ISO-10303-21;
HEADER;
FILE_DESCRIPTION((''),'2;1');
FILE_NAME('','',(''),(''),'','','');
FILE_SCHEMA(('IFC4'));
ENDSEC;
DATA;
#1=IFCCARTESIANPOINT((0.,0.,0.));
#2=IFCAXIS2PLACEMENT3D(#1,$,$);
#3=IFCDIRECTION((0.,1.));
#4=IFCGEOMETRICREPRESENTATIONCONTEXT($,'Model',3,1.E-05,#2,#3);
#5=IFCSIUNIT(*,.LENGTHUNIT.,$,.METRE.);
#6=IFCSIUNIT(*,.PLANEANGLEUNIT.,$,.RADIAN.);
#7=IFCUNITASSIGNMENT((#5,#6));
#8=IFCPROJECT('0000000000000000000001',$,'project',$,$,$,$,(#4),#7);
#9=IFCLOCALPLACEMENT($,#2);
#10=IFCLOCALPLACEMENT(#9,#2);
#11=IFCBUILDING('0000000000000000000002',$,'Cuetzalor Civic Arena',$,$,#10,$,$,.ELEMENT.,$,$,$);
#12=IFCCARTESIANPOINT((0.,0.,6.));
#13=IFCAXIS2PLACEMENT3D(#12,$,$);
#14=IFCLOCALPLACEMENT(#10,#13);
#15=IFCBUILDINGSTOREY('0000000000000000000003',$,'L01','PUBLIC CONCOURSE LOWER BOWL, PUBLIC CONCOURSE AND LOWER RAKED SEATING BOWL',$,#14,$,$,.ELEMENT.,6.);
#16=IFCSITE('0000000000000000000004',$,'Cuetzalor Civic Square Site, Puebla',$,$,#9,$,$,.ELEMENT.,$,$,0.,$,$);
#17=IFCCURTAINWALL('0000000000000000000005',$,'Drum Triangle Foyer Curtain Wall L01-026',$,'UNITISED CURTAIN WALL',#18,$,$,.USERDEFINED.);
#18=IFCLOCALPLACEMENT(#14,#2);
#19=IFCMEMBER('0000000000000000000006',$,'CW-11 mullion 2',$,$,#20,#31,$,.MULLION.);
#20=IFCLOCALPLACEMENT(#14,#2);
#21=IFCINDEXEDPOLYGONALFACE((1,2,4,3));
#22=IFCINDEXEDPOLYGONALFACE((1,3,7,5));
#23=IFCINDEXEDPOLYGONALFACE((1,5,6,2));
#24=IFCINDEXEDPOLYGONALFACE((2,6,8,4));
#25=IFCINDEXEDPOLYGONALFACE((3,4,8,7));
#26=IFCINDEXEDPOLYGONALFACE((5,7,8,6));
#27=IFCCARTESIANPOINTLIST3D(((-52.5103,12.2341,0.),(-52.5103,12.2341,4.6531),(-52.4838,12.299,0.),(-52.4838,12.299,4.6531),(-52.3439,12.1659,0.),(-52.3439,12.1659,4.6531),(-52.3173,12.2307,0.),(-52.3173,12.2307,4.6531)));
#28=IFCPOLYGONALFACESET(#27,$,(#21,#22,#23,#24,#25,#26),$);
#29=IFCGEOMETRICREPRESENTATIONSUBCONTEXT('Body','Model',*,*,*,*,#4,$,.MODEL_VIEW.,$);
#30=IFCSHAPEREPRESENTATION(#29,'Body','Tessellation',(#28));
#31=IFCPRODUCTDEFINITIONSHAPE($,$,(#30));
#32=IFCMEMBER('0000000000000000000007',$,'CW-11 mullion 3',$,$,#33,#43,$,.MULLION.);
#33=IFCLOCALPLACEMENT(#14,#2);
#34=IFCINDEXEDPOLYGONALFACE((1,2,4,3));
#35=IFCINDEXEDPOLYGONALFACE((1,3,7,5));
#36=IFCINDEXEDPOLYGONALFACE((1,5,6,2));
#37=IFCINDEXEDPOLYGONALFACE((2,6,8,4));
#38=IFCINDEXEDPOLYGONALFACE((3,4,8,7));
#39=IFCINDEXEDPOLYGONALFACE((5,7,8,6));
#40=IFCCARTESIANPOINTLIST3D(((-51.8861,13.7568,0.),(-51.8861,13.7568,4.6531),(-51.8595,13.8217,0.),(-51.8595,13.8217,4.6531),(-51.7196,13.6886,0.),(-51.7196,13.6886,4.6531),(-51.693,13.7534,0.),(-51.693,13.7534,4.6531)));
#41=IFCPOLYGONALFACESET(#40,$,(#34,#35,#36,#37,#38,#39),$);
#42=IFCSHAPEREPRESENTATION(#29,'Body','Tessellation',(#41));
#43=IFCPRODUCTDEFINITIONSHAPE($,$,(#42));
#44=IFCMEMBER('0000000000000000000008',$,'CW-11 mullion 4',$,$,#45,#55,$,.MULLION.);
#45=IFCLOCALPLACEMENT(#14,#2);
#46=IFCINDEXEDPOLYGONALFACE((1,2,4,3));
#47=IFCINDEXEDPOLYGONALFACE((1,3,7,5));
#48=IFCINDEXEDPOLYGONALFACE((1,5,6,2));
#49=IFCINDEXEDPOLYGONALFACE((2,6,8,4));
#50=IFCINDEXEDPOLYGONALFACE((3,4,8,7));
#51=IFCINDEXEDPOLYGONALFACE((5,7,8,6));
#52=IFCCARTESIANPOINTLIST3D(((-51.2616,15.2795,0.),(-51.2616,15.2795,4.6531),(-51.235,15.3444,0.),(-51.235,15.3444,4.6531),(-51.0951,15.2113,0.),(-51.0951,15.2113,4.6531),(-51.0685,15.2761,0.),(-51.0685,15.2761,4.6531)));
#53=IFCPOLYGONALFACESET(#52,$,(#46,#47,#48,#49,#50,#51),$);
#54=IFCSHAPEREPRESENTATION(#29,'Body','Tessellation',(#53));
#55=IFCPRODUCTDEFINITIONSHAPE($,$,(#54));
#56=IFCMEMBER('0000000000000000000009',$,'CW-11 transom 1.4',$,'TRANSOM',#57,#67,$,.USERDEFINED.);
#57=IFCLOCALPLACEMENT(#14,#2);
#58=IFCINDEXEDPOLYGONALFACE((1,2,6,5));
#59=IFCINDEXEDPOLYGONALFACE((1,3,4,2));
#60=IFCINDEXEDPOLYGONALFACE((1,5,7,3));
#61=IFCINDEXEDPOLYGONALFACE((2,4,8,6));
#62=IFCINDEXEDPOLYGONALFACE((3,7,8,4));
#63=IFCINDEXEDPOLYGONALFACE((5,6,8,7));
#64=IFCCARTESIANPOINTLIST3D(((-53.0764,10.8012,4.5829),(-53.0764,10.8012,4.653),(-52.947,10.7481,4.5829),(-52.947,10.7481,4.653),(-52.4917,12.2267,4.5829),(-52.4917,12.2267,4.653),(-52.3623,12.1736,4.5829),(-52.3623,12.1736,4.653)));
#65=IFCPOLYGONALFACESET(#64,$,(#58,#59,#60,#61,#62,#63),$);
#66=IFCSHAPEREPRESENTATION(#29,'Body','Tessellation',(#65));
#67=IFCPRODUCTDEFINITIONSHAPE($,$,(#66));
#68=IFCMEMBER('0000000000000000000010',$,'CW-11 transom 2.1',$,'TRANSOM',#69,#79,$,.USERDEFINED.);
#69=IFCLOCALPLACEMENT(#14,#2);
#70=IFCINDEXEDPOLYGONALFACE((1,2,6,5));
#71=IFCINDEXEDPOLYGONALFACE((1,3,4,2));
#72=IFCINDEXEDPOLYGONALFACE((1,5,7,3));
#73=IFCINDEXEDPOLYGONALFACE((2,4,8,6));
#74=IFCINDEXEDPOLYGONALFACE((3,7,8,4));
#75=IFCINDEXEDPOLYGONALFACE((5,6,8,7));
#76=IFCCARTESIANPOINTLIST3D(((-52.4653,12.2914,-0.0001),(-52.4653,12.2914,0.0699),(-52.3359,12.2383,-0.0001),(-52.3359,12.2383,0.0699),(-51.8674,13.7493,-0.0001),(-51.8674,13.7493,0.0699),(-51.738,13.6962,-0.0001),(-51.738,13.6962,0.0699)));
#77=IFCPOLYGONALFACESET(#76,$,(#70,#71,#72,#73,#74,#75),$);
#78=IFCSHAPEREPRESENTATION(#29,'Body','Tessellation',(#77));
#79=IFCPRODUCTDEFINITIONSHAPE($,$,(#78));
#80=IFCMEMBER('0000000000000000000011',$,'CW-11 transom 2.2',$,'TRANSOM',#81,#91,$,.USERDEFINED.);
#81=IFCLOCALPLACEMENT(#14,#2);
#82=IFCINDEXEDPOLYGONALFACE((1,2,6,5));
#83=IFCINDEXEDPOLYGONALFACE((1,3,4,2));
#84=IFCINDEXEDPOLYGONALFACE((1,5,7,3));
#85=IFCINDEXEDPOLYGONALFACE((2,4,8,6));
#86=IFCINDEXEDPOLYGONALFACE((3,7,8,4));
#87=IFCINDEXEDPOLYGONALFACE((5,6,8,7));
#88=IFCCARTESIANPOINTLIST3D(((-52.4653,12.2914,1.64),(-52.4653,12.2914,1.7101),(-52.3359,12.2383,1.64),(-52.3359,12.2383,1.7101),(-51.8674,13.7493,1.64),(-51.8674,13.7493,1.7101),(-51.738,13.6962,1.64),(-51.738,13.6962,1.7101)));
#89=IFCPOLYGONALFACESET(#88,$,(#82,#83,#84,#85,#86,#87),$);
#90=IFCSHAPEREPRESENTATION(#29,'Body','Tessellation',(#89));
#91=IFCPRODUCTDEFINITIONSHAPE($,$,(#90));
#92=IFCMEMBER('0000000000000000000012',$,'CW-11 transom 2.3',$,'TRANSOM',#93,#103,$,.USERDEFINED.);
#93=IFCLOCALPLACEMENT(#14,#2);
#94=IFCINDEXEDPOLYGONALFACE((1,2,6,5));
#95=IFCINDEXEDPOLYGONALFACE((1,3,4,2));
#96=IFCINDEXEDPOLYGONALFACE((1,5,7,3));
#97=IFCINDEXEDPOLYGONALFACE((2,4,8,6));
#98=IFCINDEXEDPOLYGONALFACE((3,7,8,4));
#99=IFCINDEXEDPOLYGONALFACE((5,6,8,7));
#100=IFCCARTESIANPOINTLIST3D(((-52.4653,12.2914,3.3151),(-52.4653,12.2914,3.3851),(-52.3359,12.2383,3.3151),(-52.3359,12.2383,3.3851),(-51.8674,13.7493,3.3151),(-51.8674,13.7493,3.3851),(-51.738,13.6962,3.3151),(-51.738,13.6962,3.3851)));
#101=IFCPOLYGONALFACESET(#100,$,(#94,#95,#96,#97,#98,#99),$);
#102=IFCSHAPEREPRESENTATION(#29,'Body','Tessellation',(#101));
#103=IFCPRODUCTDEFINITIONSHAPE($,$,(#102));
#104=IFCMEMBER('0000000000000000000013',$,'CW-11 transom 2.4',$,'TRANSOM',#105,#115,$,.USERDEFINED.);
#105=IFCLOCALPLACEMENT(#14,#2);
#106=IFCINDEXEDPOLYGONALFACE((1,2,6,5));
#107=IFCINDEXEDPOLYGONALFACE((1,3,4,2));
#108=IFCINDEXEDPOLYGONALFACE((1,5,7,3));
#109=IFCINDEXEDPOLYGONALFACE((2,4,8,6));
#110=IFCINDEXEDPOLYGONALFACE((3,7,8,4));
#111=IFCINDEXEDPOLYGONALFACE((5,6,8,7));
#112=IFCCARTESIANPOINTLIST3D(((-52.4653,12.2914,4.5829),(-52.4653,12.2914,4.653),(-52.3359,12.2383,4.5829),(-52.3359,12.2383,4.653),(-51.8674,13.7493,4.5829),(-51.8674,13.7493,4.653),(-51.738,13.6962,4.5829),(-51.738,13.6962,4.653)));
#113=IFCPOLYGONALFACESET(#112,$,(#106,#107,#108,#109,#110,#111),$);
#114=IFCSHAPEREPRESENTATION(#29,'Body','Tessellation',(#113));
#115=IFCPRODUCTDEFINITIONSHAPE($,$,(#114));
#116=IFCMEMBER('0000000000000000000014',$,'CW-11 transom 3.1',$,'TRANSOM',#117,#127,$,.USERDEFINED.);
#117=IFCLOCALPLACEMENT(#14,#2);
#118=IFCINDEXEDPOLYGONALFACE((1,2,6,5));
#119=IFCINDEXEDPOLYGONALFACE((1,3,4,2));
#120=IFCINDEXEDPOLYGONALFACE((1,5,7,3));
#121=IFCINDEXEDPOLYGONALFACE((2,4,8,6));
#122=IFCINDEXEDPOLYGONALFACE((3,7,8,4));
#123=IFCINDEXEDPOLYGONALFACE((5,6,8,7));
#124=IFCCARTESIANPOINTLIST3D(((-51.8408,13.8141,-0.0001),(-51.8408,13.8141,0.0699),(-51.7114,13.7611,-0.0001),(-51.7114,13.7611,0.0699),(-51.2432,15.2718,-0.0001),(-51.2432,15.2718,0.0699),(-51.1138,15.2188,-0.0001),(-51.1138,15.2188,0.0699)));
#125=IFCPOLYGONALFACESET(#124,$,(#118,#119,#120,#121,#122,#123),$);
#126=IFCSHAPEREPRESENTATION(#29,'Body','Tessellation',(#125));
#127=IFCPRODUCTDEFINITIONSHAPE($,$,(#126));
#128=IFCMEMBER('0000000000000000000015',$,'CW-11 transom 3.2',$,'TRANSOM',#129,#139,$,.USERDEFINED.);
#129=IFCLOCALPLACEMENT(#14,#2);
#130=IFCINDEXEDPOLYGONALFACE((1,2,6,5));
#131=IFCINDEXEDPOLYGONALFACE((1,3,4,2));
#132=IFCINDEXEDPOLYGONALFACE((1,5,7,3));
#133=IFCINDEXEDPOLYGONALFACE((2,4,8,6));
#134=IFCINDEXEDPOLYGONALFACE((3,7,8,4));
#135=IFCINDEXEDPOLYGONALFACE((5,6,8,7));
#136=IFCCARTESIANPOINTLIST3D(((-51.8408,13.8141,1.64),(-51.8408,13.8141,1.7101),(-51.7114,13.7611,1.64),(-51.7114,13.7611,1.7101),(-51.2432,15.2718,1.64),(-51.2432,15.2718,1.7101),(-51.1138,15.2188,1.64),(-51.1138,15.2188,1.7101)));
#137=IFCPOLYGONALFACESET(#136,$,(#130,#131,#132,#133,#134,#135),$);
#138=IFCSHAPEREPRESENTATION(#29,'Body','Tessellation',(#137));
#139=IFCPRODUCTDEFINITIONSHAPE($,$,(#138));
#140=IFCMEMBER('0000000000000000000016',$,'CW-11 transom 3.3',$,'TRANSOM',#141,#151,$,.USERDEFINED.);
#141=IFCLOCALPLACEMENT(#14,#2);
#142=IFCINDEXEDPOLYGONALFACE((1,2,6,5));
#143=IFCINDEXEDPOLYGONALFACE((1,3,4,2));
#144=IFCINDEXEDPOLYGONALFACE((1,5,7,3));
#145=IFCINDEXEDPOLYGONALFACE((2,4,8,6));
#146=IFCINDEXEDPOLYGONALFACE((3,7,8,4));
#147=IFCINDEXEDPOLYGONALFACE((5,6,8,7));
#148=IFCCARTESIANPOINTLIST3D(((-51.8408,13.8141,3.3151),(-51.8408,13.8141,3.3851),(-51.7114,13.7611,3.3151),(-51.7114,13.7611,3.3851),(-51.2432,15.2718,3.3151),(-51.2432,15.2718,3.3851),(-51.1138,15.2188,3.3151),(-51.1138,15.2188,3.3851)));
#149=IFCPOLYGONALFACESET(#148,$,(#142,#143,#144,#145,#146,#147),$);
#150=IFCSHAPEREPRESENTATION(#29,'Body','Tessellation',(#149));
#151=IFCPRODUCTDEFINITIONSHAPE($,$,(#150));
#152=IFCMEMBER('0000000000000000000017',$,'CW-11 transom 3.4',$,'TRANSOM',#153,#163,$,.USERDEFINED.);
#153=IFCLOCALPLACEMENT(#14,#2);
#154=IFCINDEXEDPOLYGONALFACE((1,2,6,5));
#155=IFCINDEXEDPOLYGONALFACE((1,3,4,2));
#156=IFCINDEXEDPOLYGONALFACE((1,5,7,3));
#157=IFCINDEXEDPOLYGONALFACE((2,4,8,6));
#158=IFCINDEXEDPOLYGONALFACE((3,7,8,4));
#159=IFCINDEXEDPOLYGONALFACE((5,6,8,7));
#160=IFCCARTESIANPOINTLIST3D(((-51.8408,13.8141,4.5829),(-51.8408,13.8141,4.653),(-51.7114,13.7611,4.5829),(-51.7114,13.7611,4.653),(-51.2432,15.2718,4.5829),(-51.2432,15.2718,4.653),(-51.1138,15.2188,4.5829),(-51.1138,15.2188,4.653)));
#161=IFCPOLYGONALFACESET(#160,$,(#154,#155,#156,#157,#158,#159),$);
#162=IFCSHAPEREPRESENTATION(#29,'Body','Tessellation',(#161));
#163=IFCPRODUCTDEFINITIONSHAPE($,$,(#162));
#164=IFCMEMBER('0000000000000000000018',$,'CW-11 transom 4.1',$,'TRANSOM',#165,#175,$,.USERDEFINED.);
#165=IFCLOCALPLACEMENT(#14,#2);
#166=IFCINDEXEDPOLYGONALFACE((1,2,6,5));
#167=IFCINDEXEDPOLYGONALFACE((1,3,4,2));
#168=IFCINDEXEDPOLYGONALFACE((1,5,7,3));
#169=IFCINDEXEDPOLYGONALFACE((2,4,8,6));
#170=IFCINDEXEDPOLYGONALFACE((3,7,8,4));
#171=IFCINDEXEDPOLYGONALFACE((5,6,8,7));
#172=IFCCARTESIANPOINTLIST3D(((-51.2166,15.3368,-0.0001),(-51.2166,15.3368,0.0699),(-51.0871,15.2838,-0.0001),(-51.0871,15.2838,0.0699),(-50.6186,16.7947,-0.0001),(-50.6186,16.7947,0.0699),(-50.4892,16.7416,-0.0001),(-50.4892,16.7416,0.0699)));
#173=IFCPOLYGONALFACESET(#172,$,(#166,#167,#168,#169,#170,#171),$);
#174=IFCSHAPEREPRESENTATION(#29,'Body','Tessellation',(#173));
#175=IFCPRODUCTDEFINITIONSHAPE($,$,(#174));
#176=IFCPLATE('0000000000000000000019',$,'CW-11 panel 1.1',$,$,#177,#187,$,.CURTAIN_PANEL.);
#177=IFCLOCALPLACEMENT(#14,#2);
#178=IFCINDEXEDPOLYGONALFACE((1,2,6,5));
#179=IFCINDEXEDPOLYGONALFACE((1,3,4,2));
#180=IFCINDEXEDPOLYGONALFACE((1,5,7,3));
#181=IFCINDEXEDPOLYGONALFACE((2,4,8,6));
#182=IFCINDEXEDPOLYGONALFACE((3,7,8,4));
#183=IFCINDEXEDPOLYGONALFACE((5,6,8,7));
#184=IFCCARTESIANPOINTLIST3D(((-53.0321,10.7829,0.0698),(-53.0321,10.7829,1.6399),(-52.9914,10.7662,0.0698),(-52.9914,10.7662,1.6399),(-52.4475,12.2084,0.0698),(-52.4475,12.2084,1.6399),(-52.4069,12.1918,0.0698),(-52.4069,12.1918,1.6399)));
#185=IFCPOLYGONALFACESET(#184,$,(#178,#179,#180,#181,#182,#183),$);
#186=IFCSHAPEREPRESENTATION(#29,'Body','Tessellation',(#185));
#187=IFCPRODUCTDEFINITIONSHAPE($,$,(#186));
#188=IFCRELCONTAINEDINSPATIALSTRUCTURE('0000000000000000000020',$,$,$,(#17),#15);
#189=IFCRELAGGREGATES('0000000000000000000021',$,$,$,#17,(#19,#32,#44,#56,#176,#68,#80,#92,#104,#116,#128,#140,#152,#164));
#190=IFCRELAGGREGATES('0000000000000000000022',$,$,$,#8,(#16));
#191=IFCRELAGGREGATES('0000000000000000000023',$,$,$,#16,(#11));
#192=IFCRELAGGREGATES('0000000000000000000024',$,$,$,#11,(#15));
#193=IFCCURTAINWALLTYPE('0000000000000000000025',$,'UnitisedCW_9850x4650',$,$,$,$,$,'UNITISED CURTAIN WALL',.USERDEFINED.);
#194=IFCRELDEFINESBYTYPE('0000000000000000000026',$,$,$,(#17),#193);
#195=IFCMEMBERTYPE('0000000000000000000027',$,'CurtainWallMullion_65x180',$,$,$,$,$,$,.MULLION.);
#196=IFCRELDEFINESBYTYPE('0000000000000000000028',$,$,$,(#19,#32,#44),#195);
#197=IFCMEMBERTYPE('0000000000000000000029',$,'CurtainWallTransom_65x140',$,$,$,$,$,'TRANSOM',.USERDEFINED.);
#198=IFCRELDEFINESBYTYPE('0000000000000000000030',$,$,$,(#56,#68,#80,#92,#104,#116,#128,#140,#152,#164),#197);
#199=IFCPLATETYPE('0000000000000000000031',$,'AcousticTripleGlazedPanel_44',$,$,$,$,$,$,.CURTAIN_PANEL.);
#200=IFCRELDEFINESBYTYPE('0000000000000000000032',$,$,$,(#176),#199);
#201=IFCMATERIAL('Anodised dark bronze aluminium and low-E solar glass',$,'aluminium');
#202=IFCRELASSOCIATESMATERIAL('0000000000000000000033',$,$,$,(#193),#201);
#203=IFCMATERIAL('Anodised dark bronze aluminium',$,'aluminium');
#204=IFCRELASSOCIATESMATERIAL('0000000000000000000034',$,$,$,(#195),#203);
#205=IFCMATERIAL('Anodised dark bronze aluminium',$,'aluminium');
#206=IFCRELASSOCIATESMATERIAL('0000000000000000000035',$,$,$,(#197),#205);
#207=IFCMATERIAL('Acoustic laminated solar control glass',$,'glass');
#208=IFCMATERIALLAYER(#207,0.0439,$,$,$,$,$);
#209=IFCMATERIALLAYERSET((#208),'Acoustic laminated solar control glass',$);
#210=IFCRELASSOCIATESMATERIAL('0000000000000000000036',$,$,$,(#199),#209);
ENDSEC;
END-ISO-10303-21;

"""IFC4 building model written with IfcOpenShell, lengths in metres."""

from ifc_helpers import new_model, si_unit, direction, frame, origin, origin_2d, place, context, subcontext, project, spatial, rectangle, extrude, material, layer, layer_set, material_profile, profile_set, type_object, element, aggregate, save


model = new_model("IFC4")

# Units and contexts
model_context = context("Model", 3, precision=1e-05, world=origin(), true_north=direction((0.0, 1.0)))
body_context = subcontext(model_context, "Body", "Model", "MODEL_VIEW")
ifc_project = project(units=[si_unit("LENGTHUNIT", "METRE"), si_unit("PLANEANGLEUNIT", "RADIAN")], contexts=[model_context])

# Site, building, storey
site_placement = place(None, origin())
site = spatial("IfcSite", under=ifc_project, at=site_placement, Name="Cuetzalor Civic Square Site, Puebla", CompositionType="ELEMENT", RefElevation=0.0)
building_placement = place(site_placement, origin())
building = spatial("IfcBuilding", under=site, at=building_placement, Name="Cuetzalor Civic Arena", CompositionType="ELEMENT")
storey_placement = place(building_placement, frame((0.0, 0.0, 6.0)))
storey = spatial("IfcBuildingStorey", under=building, at=storey_placement, Name="L01", Description="PUBLIC CONCOURSE LOWER BOWL, PUBLIC CONCOURSE AND LOWER RAKED SEATING BOWL", CompositionType="ELEMENT", Elevation=6.0)

# Curtain wall, members, plate
ifc_material_1 = material(Name="Anodised dark bronze aluminium and low-E solar glass", Category="aluminium")
curtain_wall_type = type_object("IfcCurtainWallType", Name="UnitisedCW_9850x4650", ElementType="UNITISED CURTAIN WALL", PredefinedType="USERDEFINED", material=ifc_material_1)
curtain_wall_placement = place(storey_placement, origin())
curtain_wall = element("IfcCurtainWall", 1, at=curtain_wall_placement, inside=storey, type_object=curtain_wall_type, Name="Drum Triangle Foyer Curtain Wall L01-026", ObjectType="UNITISED CURTAIN WALL", PredefinedType="USERDEFINED")
ifc_material_2 = material(Name="Anodised dark bronze aluminium", Category="aluminium")
ifc_material_profile_1 = material_profile(ifc_material_2, rectangle(XDim=0.0701, YDim=0.1799, at=origin_2d()), Name="ALU MULLION 70x180")
ifc_profile_set_1 = profile_set([ifc_material_profile_1], Name="Anodised dark bronze aluminium")
member_type_1 = type_object("IfcMemberType", Name="CurtainWallMullion_65x180", PredefinedType="MULLION", material=ifc_profile_set_1)
member_1_placement = place(storey_placement, frame((-52.4138, 12.2324, 0.0), z_axis=(0.0, 0.0, 1.0), x_axis=(0.379391, 0.925236, 0.0)))
member_1 = element("IfcMember", 2, at=member_1_placement, type_object=member_type_1, Name="CW-11 mullion 2", PredefinedType="MULLION", context=body_context, shape_type="SweptSolid", body=[
    extrude(rectangle(XDim=0.0701, YDim=0.1799, at=origin_2d()), origin(), (0.0, 0.0, 1.0), 4.6531),
])
member_2_placement = place(storey_placement, frame((-51.7896, 13.7551, 0.0), z_axis=(0.0, 0.0, 1.0), x_axis=(0.379391, 0.925236, 0.0)))
member_2 = element("IfcMember", 3, at=member_2_placement, type_object=member_type_1, Name="CW-11 mullion 3", PredefinedType="MULLION", context=body_context, shape_type="SweptSolid", body=[
    extrude(rectangle(XDim=0.0701, YDim=0.1799, at=origin_2d()), origin(), (0.0, 0.0, 1.0), 4.6531),
])
member_3_placement = place(storey_placement, frame((-51.165, 15.2778, 0.0), z_axis=(0.0, 0.0, 1.0), x_axis=(0.379391, 0.925236, 0.0)))
member_3 = element("IfcMember", 4, at=member_3_placement, type_object=member_type_1, Name="CW-11 mullion 4", PredefinedType="MULLION", context=body_context, shape_type="SweptSolid", body=[
    extrude(rectangle(XDim=0.0701, YDim=0.1799, at=origin_2d()), origin(), (0.0, 0.0, 1.0), 4.6531),
])
ifc_material_3 = material(Name="Anodised dark bronze aluminium", Category="aluminium")
ifc_material_profile_2 = material_profile(ifc_material_3, rectangle(XDim=0.1399, YDim=0.0701, at=origin_2d()), Name="ALU TRANSOM 70x140")
ifc_profile_set_2 = profile_set([ifc_material_profile_2], Name="Anodised dark bronze aluminium")
member_type_2 = type_object("IfcMemberType", Name="CurtainWallTransom_65x140", ElementType="TRANSOM", PredefinedType="USERDEFINED", material=ifc_profile_set_2)
member_4_placement = place(storey_placement, frame((-53.0117, 10.7747, 4.6179), z_axis=(0.37949, 0.925196, 0.0), x_axis=(-0.925196, 0.37949, 0.0)))
member_4 = element("IfcMember", 5, at=member_4_placement, type_object=member_type_2, Name="CW-11 transom 1.4", ObjectType="TRANSOM", PredefinedType="USERDEFINED", context=body_context, shape_type="SweptSolid", body=[
    extrude(rectangle(XDim=0.1399, YDim=0.0701, at=origin_2d()), origin(), (0.0, 0.0, 1.0), 1.5408),
])
member_5_placement = place(storey_placement, frame((-52.4006, 12.2649, 0.0349), z_axis=(0.379471, 0.925203, 0.0), x_axis=(-0.925203, 0.379471, 0.0)))
member_5 = element("IfcMember", 6, at=member_5_placement, type_object=member_type_2, Name="CW-11 transom 2.1", ObjectType="TRANSOM", PredefinedType="USERDEFINED", context=body_context, shape_type="SweptSolid", body=[
    extrude(rectangle(XDim=0.1399, YDim=0.0701, at=origin_2d()), origin(), (0.0, 0.0, 1.0), 1.5757),
])
member_6_placement = place(storey_placement, frame((-52.4006, 12.2649, 1.675), z_axis=(0.379471, 0.925203, 0.0), x_axis=(-0.925203, 0.379471, 0.0)))
member_6 = element("IfcMember", 7, at=member_6_placement, type_object=member_type_2, Name="CW-11 transom 2.2", ObjectType="TRANSOM", PredefinedType="USERDEFINED", context=body_context, shape_type="SweptSolid", body=[
    extrude(rectangle(XDim=0.1399, YDim=0.0701, at=origin_2d()), origin(), (0.0, 0.0, 1.0), 1.5757),
])
member_7_placement = place(storey_placement, frame((-52.4006, 12.2649, 3.3501), z_axis=(0.379471, 0.925203, 0.0), x_axis=(-0.925203, 0.379471, 0.0)))
member_7 = element("IfcMember", 8, at=member_7_placement, type_object=member_type_2, Name="CW-11 transom 2.3", ObjectType="TRANSOM", PredefinedType="USERDEFINED", context=body_context, shape_type="SweptSolid", body=[
    extrude(rectangle(XDim=0.1399, YDim=0.0701, at=origin_2d()), origin(), (0.0, 0.0, 1.0), 1.5757),
])
member_8_placement = place(storey_placement, frame((-52.4006, 12.2649, 4.6179), z_axis=(0.379471, 0.925203, 0.0), x_axis=(-0.925203, 0.379471, 0.0)))
member_8 = element("IfcMember", 9, at=member_8_placement, type_object=member_type_2, Name="CW-11 transom 2.4", ObjectType="TRANSOM", PredefinedType="USERDEFINED", context=body_context, shape_type="SweptSolid", body=[
    extrude(rectangle(XDim=0.1399, YDim=0.0701, at=origin_2d()), origin(), (0.0, 0.0, 1.0), 1.5757),
])
member_9_placement = place(storey_placement, frame((-51.7761, 13.7876, 0.0349), z_axis=(0.379339, 0.925258, 0.0), x_axis=(-0.925258, 0.379339, 0.0)))
member_9 = element("IfcMember", 10, at=member_9_placement, type_object=member_type_2, Name="CW-11 transom 3.1", ObjectType="TRANSOM", PredefinedType="USERDEFINED", context=body_context, shape_type="SweptSolid", body=[
    extrude(rectangle(XDim=0.1399, YDim=0.0701, at=origin_2d()), origin(), (0.0, 0.0, 1.0), 1.5754),
])
member_10_placement = place(storey_placement, frame((-51.7761, 13.7876, 1.675), z_axis=(0.379339, 0.925258, 0.0), x_axis=(-0.925258, 0.379339, 0.0)))
member_10 = element("IfcMember", 11, at=member_10_placement, type_object=member_type_2, Name="CW-11 transom 3.2", ObjectType="TRANSOM", PredefinedType="USERDEFINED", context=body_context, shape_type="SweptSolid", body=[
    extrude(rectangle(XDim=0.1399, YDim=0.0701, at=origin_2d()), origin(), (0.0, 0.0, 1.0), 1.5754),
])
member_11_placement = place(storey_placement, frame((-51.7761, 13.7876, 3.3501), z_axis=(0.379339, 0.925258, 0.0), x_axis=(-0.925258, 0.379339, 0.0)))
member_11 = element("IfcMember", 12, at=member_11_placement, type_object=member_type_2, Name="CW-11 transom 3.3", ObjectType="TRANSOM", PredefinedType="USERDEFINED", context=body_context, shape_type="SweptSolid", body=[
    extrude(rectangle(XDim=0.1399, YDim=0.0701, at=origin_2d()), origin(), (0.0, 0.0, 1.0), 1.5754),
])
member_12_placement = place(storey_placement, frame((-51.7761, 13.7876, 4.6179), z_axis=(0.379339, 0.925258, 0.0), x_axis=(-0.925258, 0.379339, 0.0)))
member_12 = element("IfcMember", 13, at=member_12_placement, type_object=member_type_2, Name="CW-11 transom 3.4", ObjectType="TRANSOM", PredefinedType="USERDEFINED", context=body_context, shape_type="SweptSolid", body=[
    extrude(rectangle(XDim=0.1399, YDim=0.0701, at=origin_2d()), origin(), (0.0, 0.0, 1.0), 1.5754),
])
member_13_placement = place(storey_placement, frame((-51.1519, 15.3103, 0.0349), z_axis=(0.379471, 0.925203, 0.0), x_axis=(-0.925203, 0.379471, 0.0)))
member_13 = element("IfcMember", 14, at=member_13_placement, type_object=member_type_2, Name="CW-11 transom 4.1", ObjectType="TRANSOM", PredefinedType="USERDEFINED", context=body_context, shape_type="SweptSolid", body=[
    extrude(rectangle(XDim=0.1399, YDim=0.0701, at=origin_2d()), origin(), (0.0, 0.0, 1.0), 1.5757),
])
ifc_material_4 = material(Name="Acoustic laminated solar control glass", Category="glass")
ifc_layer_1 = layer(ifc_material_4, 0.0439)
ifc_layer_set_1 = layer_set([ifc_layer_1], Name="Acoustic laminated solar control glass")
plate_type = type_object("IfcPlateType", Name="AcousticTripleGlazedPanel_44", PredefinedType="CURTAIN_PANEL", material=ifc_layer_set_1)
plate_1_placement = place(storey_placement, frame((-52.7195, 11.4873, 0.0698), z_axis=(0.0, 0.0, 1.0), x_axis=(0.379391, 0.925236, 0.0)))
plate_1 = element("IfcPlate", 15, at=plate_1_placement, type_object=plate_type, Name="CW-11 panel 1.1", PredefinedType="CURTAIN_PANEL", context=body_context, shape_type="SweptSolid", body=[
    extrude(rectangle(XDim=1.5408, YDim=0.0439, at=origin_2d()), origin(), (0.0, 0.0, 1.0), 1.5701),
])
aggregate(curtain_wall, [member_1, member_2, member_3, member_4, plate_1, member_5, member_6, member_7, member_8, member_9, member_10, member_11, member_12, member_13])

save(model, "model.ifc")
